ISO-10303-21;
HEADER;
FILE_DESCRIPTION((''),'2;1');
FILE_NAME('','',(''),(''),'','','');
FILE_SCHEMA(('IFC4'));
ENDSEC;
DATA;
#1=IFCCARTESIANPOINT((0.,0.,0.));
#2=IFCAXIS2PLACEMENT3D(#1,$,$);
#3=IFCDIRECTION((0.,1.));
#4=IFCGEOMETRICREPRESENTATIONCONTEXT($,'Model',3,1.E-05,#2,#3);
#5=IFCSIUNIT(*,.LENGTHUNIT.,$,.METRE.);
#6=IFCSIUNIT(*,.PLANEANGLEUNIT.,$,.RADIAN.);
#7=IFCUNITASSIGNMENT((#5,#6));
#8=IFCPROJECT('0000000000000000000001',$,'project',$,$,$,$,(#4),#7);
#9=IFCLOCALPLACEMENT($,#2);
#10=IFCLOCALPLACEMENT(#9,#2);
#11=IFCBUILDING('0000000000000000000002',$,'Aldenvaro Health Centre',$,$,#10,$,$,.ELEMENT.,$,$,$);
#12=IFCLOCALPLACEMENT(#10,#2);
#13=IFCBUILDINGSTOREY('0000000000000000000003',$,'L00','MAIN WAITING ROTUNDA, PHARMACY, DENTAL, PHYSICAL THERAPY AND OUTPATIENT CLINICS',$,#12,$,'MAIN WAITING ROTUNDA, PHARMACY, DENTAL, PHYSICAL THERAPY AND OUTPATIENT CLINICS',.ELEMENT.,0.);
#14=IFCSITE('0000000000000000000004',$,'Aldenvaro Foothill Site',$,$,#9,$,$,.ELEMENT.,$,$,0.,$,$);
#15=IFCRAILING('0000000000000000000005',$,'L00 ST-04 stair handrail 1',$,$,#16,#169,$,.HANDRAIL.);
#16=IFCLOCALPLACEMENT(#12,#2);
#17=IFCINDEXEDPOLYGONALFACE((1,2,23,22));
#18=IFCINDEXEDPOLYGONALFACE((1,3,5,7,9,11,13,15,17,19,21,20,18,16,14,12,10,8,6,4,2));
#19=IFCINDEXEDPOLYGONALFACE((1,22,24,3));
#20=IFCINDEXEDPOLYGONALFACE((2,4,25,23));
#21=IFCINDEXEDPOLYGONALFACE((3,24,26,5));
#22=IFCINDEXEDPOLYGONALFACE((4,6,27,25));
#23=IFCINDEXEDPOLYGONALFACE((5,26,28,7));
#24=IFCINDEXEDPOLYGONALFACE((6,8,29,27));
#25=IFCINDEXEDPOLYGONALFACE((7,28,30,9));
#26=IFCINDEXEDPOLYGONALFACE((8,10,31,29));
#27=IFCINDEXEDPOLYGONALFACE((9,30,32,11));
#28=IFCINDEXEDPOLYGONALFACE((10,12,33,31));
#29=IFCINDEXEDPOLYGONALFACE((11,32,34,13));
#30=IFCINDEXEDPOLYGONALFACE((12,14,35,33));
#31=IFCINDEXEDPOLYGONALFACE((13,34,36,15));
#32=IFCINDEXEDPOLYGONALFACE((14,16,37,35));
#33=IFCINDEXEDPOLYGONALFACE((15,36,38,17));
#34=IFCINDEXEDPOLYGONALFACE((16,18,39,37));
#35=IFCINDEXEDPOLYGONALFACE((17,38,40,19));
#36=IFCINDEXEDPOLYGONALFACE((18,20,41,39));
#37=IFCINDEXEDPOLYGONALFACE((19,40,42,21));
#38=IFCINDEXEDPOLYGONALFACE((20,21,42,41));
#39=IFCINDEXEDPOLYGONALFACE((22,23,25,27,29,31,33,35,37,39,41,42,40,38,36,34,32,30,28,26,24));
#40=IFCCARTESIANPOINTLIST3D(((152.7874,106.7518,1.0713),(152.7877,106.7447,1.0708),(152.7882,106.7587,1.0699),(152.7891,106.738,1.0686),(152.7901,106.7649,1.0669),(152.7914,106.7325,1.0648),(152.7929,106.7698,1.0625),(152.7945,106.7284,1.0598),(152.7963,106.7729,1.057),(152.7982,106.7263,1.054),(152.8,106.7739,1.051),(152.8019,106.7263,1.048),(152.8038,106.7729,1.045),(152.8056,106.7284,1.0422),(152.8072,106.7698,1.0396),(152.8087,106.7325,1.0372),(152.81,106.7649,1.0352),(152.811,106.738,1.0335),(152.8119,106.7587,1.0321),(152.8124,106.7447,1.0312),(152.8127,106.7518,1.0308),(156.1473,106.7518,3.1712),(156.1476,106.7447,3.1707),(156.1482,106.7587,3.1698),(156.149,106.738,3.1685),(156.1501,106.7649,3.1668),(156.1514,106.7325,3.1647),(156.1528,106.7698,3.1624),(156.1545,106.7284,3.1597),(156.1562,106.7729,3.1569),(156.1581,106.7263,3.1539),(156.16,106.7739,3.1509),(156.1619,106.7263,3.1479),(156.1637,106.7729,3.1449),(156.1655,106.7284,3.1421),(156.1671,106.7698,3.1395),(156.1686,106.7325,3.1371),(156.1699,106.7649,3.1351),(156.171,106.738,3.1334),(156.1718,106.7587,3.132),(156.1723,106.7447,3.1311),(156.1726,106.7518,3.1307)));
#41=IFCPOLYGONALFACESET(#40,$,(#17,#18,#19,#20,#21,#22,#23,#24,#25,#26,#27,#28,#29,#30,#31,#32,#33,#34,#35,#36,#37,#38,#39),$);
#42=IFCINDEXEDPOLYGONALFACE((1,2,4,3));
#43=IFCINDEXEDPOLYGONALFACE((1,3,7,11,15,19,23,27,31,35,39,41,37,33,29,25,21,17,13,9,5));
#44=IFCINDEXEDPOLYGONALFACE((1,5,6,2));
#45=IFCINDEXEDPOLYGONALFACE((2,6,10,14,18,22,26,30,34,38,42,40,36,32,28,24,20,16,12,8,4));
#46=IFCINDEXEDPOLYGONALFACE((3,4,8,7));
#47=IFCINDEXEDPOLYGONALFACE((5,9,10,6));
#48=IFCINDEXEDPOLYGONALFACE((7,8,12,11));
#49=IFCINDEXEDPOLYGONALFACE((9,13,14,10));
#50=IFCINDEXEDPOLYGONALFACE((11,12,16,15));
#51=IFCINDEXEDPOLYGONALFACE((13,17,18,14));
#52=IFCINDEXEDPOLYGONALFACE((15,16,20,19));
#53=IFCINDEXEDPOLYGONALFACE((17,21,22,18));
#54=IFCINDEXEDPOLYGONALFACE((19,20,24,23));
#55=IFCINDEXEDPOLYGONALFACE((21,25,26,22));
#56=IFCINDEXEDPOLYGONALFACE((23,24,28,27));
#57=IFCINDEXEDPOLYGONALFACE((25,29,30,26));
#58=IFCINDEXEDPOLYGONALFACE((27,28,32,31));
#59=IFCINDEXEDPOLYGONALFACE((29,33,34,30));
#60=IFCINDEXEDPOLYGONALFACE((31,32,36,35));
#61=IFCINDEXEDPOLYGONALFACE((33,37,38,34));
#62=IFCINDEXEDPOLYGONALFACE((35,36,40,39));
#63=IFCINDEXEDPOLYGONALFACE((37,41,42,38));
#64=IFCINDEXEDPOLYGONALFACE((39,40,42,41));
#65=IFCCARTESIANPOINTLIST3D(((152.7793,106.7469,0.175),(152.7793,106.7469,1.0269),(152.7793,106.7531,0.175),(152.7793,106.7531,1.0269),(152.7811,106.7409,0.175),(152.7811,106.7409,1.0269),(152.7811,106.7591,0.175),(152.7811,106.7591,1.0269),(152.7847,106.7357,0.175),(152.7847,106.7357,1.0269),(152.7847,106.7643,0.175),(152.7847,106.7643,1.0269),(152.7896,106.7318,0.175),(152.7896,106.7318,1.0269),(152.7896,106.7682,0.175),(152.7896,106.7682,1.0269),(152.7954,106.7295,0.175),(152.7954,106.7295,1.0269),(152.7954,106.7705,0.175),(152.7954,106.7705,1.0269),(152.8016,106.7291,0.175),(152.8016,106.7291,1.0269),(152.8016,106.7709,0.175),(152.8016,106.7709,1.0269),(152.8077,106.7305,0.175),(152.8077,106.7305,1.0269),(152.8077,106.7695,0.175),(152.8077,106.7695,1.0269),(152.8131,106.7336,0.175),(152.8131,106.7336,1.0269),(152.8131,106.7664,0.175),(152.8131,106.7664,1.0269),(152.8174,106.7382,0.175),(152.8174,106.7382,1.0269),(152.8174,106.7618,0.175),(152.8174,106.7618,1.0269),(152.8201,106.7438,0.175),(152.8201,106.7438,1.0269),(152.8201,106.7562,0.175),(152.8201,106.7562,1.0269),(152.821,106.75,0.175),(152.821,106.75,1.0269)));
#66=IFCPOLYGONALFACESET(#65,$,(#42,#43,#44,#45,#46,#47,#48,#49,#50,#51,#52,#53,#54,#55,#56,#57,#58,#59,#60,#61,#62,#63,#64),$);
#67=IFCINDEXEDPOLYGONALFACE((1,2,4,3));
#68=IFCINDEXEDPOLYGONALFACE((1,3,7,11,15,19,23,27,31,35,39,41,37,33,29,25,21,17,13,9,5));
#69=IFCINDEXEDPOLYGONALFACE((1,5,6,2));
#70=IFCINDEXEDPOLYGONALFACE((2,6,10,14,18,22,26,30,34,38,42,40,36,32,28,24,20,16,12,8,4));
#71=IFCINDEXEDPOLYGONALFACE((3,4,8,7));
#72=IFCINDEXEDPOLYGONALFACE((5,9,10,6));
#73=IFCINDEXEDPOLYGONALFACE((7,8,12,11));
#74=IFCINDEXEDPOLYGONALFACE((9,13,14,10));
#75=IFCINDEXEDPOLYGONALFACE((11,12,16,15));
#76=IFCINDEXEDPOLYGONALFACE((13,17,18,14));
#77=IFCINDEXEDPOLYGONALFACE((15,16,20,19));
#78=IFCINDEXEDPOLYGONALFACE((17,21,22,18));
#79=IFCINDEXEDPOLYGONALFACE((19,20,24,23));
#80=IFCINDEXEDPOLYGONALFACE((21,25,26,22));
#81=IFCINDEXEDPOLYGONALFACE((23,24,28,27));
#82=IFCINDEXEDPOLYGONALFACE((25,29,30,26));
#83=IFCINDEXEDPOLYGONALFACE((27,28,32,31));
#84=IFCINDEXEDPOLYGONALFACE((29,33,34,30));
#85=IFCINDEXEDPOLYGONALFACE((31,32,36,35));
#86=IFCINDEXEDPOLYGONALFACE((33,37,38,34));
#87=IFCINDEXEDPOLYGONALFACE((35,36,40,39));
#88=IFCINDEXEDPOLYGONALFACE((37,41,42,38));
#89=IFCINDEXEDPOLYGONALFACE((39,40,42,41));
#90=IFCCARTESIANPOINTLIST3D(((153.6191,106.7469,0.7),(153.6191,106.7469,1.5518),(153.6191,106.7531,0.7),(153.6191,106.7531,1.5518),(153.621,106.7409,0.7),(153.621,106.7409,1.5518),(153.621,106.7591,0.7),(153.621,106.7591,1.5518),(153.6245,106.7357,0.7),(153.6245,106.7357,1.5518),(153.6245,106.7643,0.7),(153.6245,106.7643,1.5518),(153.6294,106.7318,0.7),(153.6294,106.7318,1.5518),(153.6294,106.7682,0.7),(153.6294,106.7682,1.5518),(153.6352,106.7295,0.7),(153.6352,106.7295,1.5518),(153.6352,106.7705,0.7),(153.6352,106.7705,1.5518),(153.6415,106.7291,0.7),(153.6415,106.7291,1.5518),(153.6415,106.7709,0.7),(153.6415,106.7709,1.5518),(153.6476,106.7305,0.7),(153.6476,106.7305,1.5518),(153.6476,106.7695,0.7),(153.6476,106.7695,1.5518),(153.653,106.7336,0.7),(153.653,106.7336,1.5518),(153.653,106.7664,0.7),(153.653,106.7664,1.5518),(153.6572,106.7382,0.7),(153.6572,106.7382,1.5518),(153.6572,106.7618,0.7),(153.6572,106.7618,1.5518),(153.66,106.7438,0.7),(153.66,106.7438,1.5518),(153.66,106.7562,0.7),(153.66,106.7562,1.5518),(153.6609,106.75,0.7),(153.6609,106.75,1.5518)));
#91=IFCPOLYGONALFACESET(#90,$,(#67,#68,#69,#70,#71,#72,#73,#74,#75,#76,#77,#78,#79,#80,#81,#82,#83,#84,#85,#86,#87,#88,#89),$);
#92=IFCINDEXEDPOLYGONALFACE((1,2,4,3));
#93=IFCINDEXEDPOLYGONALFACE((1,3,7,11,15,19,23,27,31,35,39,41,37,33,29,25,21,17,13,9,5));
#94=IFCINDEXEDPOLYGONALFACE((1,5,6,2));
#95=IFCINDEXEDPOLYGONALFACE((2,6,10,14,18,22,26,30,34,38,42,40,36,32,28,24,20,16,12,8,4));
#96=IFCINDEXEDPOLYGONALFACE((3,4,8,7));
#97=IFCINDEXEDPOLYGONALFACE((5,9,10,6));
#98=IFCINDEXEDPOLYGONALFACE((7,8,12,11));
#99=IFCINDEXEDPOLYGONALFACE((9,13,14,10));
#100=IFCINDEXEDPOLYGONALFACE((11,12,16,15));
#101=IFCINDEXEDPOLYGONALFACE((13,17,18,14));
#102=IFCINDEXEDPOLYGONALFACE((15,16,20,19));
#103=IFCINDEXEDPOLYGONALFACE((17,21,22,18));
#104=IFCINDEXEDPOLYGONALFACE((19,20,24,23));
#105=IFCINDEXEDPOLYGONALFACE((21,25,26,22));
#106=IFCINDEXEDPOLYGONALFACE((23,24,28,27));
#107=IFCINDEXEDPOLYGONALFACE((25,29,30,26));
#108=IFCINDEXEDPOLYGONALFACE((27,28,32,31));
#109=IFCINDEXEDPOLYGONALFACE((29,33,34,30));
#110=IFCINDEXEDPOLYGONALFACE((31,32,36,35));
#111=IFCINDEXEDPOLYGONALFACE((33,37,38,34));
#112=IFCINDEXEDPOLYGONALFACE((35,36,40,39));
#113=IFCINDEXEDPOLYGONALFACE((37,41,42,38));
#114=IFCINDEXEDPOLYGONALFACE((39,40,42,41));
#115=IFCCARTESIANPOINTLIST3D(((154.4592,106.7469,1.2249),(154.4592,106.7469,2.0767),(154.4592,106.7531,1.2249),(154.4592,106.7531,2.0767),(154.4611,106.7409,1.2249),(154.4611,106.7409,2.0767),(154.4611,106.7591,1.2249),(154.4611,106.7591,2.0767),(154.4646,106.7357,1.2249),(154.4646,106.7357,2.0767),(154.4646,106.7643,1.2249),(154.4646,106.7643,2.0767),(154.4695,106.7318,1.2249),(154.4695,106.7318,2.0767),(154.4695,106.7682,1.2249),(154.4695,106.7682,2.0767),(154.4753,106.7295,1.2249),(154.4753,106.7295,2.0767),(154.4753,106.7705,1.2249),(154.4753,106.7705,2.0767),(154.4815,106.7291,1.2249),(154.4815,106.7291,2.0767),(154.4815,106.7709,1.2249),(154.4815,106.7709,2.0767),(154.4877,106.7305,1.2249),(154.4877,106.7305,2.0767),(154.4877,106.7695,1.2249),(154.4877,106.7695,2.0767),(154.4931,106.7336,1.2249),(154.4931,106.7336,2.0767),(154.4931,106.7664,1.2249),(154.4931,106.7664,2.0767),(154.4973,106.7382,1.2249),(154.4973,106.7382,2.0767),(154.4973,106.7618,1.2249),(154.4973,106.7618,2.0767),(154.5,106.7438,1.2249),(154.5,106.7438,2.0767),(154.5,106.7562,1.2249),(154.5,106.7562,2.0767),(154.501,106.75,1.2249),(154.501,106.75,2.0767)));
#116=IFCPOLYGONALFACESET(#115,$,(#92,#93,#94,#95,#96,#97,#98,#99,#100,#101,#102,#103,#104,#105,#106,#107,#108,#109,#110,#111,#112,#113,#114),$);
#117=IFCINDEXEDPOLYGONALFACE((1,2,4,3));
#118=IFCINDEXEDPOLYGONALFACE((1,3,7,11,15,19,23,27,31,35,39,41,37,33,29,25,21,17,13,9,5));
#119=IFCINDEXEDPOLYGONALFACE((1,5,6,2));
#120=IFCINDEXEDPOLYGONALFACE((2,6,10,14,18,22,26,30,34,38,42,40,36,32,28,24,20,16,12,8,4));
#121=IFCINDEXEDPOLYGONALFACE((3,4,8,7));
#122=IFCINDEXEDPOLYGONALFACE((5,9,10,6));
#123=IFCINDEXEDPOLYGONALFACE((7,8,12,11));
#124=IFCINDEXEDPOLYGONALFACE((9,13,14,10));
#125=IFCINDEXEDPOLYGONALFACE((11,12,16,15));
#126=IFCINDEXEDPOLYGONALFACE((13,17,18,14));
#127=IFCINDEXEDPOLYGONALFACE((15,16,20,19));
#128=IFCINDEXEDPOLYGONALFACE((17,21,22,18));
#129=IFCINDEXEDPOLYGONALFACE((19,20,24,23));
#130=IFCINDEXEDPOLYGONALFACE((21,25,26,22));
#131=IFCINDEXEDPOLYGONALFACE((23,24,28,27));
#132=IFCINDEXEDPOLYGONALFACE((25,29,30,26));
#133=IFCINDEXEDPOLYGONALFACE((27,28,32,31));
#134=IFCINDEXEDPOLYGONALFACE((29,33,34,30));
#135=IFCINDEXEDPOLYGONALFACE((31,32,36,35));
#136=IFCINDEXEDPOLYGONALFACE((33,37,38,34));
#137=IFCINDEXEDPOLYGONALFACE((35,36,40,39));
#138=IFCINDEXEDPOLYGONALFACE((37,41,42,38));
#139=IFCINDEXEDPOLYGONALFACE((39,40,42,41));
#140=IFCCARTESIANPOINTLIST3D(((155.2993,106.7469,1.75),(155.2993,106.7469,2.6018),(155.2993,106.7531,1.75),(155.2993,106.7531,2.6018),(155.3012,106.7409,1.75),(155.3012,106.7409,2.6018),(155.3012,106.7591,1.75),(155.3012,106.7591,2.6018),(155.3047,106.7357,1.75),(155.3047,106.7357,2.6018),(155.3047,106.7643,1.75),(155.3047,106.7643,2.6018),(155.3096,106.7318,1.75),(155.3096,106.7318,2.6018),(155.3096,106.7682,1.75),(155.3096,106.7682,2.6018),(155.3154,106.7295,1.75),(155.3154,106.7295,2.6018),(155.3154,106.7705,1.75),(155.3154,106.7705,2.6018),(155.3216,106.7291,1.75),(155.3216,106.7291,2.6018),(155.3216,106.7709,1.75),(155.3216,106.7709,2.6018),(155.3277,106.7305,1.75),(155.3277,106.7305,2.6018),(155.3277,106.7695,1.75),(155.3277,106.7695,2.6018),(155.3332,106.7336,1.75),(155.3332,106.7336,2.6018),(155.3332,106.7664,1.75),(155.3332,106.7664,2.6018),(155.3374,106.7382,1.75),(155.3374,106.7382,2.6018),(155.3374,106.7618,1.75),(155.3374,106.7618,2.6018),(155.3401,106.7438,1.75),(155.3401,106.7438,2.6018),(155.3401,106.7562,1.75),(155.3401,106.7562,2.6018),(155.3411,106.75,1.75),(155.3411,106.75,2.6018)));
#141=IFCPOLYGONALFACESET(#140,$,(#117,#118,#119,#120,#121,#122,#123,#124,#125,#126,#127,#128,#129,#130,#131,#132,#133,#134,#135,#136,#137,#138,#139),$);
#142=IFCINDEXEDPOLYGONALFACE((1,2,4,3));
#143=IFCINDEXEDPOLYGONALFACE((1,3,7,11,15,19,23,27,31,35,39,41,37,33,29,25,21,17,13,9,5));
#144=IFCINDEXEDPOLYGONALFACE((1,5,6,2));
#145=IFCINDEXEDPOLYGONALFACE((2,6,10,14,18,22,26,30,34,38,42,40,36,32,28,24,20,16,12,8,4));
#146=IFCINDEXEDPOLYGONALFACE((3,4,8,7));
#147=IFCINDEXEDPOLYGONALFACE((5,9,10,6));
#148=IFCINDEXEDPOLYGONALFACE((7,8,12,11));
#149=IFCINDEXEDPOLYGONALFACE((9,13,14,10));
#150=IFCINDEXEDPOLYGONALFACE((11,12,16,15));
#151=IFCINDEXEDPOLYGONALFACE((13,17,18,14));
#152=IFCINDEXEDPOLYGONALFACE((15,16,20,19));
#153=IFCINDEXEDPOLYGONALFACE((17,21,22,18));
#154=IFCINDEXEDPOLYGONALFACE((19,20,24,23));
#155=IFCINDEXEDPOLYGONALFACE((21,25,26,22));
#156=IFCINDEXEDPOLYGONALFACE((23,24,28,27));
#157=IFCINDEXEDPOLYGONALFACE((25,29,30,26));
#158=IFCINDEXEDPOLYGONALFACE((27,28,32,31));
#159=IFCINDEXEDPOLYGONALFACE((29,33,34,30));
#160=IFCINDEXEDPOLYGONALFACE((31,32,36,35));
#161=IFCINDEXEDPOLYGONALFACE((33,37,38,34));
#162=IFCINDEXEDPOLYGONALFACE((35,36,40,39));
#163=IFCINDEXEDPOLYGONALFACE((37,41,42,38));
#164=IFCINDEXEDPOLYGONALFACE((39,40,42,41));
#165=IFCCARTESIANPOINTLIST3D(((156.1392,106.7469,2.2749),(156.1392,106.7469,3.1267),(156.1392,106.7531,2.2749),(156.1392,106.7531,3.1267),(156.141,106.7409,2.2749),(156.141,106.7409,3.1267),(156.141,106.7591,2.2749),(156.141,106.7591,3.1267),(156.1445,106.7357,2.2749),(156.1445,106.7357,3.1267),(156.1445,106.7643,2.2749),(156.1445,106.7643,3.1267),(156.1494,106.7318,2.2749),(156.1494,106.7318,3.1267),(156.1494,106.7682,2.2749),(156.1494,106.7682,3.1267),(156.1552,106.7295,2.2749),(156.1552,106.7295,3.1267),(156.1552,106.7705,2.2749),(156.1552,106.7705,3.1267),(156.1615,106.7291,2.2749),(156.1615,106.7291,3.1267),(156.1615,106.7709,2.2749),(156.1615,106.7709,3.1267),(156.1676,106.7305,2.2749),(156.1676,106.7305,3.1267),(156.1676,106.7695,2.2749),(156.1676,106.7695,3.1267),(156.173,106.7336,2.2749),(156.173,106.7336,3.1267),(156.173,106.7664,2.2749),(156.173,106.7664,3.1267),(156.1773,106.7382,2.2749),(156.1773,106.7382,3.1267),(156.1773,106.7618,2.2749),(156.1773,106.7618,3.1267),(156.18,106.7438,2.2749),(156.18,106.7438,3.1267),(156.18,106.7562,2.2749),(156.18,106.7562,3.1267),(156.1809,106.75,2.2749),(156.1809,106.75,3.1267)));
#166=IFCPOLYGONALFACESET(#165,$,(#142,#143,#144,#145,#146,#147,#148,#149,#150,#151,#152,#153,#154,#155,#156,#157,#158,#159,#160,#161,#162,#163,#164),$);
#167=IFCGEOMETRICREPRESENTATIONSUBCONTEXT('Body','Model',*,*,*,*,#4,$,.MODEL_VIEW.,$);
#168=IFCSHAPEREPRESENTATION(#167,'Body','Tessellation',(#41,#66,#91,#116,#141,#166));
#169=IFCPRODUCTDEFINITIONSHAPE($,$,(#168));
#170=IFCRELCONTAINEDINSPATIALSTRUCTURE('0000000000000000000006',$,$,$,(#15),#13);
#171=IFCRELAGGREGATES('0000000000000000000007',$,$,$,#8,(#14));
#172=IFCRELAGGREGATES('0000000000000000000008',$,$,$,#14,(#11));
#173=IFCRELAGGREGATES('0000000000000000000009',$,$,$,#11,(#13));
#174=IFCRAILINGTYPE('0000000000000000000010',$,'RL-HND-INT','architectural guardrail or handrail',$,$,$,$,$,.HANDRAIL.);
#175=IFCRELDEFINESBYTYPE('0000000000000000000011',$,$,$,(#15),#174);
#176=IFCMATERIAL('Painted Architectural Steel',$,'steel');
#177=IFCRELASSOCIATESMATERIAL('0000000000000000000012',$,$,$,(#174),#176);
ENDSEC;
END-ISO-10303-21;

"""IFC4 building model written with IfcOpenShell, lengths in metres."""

from ifc_helpers import new_model, si_unit, direction, frame, origin, origin_2d, place, context, subcontext, project, spatial, circle, extrude, material, type_object, element, save


model = new_model("IFC4")

# Units and contexts
model_context = context("Model", 3, precision=1e-05, world=origin(), true_north=direction((0.0, 1.0)))
body_context = subcontext(model_context, "Body", "Model", "MODEL_VIEW")
ifc_project = project(units=[si_unit("LENGTHUNIT", "METRE"), si_unit("PLANEANGLEUNIT", "RADIAN")], contexts=[model_context])

# Site, building, storey
site_placement = place(None, origin())
site = spatial("IfcSite", under=ifc_project, at=site_placement, Name="Aldenvaro Foothill Site", CompositionType="ELEMENT", RefElevation=0.0)
building_placement = place(site_placement, origin())
building = spatial("IfcBuilding", under=site, at=building_placement, Name="Aldenvaro Health Centre", CompositionType="ELEMENT")
storey_placement = place(building_placement, origin())
storey = spatial("IfcBuildingStorey", under=building, at=storey_placement, Name="L00", Description="MAIN WAITING ROTUNDA, PHARMACY, DENTAL, PHYSICAL THERAPY AND OUTPATIENT CLINICS", LongName="MAIN WAITING ROTUNDA, PHARMACY, DENTAL, PHYSICAL THERAPY AND OUTPATIENT CLINICS", CompositionType="ELEMENT", Elevation=0.0)

# Railing
ifc_material_1 = material(Name="Painted Architectural Steel", Category="steel")
railing_type_1 = type_object("IfcRailingType", Name="RL-HND-INT", Description="architectural guardrail or handrail", PredefinedType="HANDRAIL", material=ifc_material_1)
railing_1_placement = place(storey_placement, frame((152.8, 106.75, 0.175)))
element("IfcRailing", 1, at=railing_1_placement, inside=storey, type_object=railing_type_1, Name="L00 ST-04 stair handrail 1", PredefinedType="HANDRAIL", context=body_context, shape_type="SweptSolid", body=[
    extrude(circle(Radius=0.0239, at=origin_2d()), frame((0.0, 0.0, 0.876), z_axis=(0.848005, 0.0, 0.529988), x_axis=(0.0, 1.0, 0.0)), (0.0, 0.0, 1.0), 3.9622),
    extrude(circle(Radius=0.021, at=origin_2d()), origin(), (0.0, 0.0, 1.0), 0.8518),
    extrude(circle(Radius=0.021, at=origin_2d()), frame((0.8398, 0.0, 0.5249)), (0.0, 0.0, 1.0), 0.8518),
    extrude(circle(Radius=0.021, at=origin_2d()), frame((1.6799, 0.0, 1.0498)), (0.0, 0.0, 1.0), 0.8518),
    extrude(circle(Radius=0.021, at=origin_2d()), frame((2.52, 0.0, 1.575)), (0.0, 0.0, 1.0), 0.8518),
    extrude(circle(Radius=0.021, at=origin_2d()), frame((3.3599, 0.0, 2.0999)), (0.0, 0.0, 1.0), 0.8518),
])

save(model, "model.ifc")
